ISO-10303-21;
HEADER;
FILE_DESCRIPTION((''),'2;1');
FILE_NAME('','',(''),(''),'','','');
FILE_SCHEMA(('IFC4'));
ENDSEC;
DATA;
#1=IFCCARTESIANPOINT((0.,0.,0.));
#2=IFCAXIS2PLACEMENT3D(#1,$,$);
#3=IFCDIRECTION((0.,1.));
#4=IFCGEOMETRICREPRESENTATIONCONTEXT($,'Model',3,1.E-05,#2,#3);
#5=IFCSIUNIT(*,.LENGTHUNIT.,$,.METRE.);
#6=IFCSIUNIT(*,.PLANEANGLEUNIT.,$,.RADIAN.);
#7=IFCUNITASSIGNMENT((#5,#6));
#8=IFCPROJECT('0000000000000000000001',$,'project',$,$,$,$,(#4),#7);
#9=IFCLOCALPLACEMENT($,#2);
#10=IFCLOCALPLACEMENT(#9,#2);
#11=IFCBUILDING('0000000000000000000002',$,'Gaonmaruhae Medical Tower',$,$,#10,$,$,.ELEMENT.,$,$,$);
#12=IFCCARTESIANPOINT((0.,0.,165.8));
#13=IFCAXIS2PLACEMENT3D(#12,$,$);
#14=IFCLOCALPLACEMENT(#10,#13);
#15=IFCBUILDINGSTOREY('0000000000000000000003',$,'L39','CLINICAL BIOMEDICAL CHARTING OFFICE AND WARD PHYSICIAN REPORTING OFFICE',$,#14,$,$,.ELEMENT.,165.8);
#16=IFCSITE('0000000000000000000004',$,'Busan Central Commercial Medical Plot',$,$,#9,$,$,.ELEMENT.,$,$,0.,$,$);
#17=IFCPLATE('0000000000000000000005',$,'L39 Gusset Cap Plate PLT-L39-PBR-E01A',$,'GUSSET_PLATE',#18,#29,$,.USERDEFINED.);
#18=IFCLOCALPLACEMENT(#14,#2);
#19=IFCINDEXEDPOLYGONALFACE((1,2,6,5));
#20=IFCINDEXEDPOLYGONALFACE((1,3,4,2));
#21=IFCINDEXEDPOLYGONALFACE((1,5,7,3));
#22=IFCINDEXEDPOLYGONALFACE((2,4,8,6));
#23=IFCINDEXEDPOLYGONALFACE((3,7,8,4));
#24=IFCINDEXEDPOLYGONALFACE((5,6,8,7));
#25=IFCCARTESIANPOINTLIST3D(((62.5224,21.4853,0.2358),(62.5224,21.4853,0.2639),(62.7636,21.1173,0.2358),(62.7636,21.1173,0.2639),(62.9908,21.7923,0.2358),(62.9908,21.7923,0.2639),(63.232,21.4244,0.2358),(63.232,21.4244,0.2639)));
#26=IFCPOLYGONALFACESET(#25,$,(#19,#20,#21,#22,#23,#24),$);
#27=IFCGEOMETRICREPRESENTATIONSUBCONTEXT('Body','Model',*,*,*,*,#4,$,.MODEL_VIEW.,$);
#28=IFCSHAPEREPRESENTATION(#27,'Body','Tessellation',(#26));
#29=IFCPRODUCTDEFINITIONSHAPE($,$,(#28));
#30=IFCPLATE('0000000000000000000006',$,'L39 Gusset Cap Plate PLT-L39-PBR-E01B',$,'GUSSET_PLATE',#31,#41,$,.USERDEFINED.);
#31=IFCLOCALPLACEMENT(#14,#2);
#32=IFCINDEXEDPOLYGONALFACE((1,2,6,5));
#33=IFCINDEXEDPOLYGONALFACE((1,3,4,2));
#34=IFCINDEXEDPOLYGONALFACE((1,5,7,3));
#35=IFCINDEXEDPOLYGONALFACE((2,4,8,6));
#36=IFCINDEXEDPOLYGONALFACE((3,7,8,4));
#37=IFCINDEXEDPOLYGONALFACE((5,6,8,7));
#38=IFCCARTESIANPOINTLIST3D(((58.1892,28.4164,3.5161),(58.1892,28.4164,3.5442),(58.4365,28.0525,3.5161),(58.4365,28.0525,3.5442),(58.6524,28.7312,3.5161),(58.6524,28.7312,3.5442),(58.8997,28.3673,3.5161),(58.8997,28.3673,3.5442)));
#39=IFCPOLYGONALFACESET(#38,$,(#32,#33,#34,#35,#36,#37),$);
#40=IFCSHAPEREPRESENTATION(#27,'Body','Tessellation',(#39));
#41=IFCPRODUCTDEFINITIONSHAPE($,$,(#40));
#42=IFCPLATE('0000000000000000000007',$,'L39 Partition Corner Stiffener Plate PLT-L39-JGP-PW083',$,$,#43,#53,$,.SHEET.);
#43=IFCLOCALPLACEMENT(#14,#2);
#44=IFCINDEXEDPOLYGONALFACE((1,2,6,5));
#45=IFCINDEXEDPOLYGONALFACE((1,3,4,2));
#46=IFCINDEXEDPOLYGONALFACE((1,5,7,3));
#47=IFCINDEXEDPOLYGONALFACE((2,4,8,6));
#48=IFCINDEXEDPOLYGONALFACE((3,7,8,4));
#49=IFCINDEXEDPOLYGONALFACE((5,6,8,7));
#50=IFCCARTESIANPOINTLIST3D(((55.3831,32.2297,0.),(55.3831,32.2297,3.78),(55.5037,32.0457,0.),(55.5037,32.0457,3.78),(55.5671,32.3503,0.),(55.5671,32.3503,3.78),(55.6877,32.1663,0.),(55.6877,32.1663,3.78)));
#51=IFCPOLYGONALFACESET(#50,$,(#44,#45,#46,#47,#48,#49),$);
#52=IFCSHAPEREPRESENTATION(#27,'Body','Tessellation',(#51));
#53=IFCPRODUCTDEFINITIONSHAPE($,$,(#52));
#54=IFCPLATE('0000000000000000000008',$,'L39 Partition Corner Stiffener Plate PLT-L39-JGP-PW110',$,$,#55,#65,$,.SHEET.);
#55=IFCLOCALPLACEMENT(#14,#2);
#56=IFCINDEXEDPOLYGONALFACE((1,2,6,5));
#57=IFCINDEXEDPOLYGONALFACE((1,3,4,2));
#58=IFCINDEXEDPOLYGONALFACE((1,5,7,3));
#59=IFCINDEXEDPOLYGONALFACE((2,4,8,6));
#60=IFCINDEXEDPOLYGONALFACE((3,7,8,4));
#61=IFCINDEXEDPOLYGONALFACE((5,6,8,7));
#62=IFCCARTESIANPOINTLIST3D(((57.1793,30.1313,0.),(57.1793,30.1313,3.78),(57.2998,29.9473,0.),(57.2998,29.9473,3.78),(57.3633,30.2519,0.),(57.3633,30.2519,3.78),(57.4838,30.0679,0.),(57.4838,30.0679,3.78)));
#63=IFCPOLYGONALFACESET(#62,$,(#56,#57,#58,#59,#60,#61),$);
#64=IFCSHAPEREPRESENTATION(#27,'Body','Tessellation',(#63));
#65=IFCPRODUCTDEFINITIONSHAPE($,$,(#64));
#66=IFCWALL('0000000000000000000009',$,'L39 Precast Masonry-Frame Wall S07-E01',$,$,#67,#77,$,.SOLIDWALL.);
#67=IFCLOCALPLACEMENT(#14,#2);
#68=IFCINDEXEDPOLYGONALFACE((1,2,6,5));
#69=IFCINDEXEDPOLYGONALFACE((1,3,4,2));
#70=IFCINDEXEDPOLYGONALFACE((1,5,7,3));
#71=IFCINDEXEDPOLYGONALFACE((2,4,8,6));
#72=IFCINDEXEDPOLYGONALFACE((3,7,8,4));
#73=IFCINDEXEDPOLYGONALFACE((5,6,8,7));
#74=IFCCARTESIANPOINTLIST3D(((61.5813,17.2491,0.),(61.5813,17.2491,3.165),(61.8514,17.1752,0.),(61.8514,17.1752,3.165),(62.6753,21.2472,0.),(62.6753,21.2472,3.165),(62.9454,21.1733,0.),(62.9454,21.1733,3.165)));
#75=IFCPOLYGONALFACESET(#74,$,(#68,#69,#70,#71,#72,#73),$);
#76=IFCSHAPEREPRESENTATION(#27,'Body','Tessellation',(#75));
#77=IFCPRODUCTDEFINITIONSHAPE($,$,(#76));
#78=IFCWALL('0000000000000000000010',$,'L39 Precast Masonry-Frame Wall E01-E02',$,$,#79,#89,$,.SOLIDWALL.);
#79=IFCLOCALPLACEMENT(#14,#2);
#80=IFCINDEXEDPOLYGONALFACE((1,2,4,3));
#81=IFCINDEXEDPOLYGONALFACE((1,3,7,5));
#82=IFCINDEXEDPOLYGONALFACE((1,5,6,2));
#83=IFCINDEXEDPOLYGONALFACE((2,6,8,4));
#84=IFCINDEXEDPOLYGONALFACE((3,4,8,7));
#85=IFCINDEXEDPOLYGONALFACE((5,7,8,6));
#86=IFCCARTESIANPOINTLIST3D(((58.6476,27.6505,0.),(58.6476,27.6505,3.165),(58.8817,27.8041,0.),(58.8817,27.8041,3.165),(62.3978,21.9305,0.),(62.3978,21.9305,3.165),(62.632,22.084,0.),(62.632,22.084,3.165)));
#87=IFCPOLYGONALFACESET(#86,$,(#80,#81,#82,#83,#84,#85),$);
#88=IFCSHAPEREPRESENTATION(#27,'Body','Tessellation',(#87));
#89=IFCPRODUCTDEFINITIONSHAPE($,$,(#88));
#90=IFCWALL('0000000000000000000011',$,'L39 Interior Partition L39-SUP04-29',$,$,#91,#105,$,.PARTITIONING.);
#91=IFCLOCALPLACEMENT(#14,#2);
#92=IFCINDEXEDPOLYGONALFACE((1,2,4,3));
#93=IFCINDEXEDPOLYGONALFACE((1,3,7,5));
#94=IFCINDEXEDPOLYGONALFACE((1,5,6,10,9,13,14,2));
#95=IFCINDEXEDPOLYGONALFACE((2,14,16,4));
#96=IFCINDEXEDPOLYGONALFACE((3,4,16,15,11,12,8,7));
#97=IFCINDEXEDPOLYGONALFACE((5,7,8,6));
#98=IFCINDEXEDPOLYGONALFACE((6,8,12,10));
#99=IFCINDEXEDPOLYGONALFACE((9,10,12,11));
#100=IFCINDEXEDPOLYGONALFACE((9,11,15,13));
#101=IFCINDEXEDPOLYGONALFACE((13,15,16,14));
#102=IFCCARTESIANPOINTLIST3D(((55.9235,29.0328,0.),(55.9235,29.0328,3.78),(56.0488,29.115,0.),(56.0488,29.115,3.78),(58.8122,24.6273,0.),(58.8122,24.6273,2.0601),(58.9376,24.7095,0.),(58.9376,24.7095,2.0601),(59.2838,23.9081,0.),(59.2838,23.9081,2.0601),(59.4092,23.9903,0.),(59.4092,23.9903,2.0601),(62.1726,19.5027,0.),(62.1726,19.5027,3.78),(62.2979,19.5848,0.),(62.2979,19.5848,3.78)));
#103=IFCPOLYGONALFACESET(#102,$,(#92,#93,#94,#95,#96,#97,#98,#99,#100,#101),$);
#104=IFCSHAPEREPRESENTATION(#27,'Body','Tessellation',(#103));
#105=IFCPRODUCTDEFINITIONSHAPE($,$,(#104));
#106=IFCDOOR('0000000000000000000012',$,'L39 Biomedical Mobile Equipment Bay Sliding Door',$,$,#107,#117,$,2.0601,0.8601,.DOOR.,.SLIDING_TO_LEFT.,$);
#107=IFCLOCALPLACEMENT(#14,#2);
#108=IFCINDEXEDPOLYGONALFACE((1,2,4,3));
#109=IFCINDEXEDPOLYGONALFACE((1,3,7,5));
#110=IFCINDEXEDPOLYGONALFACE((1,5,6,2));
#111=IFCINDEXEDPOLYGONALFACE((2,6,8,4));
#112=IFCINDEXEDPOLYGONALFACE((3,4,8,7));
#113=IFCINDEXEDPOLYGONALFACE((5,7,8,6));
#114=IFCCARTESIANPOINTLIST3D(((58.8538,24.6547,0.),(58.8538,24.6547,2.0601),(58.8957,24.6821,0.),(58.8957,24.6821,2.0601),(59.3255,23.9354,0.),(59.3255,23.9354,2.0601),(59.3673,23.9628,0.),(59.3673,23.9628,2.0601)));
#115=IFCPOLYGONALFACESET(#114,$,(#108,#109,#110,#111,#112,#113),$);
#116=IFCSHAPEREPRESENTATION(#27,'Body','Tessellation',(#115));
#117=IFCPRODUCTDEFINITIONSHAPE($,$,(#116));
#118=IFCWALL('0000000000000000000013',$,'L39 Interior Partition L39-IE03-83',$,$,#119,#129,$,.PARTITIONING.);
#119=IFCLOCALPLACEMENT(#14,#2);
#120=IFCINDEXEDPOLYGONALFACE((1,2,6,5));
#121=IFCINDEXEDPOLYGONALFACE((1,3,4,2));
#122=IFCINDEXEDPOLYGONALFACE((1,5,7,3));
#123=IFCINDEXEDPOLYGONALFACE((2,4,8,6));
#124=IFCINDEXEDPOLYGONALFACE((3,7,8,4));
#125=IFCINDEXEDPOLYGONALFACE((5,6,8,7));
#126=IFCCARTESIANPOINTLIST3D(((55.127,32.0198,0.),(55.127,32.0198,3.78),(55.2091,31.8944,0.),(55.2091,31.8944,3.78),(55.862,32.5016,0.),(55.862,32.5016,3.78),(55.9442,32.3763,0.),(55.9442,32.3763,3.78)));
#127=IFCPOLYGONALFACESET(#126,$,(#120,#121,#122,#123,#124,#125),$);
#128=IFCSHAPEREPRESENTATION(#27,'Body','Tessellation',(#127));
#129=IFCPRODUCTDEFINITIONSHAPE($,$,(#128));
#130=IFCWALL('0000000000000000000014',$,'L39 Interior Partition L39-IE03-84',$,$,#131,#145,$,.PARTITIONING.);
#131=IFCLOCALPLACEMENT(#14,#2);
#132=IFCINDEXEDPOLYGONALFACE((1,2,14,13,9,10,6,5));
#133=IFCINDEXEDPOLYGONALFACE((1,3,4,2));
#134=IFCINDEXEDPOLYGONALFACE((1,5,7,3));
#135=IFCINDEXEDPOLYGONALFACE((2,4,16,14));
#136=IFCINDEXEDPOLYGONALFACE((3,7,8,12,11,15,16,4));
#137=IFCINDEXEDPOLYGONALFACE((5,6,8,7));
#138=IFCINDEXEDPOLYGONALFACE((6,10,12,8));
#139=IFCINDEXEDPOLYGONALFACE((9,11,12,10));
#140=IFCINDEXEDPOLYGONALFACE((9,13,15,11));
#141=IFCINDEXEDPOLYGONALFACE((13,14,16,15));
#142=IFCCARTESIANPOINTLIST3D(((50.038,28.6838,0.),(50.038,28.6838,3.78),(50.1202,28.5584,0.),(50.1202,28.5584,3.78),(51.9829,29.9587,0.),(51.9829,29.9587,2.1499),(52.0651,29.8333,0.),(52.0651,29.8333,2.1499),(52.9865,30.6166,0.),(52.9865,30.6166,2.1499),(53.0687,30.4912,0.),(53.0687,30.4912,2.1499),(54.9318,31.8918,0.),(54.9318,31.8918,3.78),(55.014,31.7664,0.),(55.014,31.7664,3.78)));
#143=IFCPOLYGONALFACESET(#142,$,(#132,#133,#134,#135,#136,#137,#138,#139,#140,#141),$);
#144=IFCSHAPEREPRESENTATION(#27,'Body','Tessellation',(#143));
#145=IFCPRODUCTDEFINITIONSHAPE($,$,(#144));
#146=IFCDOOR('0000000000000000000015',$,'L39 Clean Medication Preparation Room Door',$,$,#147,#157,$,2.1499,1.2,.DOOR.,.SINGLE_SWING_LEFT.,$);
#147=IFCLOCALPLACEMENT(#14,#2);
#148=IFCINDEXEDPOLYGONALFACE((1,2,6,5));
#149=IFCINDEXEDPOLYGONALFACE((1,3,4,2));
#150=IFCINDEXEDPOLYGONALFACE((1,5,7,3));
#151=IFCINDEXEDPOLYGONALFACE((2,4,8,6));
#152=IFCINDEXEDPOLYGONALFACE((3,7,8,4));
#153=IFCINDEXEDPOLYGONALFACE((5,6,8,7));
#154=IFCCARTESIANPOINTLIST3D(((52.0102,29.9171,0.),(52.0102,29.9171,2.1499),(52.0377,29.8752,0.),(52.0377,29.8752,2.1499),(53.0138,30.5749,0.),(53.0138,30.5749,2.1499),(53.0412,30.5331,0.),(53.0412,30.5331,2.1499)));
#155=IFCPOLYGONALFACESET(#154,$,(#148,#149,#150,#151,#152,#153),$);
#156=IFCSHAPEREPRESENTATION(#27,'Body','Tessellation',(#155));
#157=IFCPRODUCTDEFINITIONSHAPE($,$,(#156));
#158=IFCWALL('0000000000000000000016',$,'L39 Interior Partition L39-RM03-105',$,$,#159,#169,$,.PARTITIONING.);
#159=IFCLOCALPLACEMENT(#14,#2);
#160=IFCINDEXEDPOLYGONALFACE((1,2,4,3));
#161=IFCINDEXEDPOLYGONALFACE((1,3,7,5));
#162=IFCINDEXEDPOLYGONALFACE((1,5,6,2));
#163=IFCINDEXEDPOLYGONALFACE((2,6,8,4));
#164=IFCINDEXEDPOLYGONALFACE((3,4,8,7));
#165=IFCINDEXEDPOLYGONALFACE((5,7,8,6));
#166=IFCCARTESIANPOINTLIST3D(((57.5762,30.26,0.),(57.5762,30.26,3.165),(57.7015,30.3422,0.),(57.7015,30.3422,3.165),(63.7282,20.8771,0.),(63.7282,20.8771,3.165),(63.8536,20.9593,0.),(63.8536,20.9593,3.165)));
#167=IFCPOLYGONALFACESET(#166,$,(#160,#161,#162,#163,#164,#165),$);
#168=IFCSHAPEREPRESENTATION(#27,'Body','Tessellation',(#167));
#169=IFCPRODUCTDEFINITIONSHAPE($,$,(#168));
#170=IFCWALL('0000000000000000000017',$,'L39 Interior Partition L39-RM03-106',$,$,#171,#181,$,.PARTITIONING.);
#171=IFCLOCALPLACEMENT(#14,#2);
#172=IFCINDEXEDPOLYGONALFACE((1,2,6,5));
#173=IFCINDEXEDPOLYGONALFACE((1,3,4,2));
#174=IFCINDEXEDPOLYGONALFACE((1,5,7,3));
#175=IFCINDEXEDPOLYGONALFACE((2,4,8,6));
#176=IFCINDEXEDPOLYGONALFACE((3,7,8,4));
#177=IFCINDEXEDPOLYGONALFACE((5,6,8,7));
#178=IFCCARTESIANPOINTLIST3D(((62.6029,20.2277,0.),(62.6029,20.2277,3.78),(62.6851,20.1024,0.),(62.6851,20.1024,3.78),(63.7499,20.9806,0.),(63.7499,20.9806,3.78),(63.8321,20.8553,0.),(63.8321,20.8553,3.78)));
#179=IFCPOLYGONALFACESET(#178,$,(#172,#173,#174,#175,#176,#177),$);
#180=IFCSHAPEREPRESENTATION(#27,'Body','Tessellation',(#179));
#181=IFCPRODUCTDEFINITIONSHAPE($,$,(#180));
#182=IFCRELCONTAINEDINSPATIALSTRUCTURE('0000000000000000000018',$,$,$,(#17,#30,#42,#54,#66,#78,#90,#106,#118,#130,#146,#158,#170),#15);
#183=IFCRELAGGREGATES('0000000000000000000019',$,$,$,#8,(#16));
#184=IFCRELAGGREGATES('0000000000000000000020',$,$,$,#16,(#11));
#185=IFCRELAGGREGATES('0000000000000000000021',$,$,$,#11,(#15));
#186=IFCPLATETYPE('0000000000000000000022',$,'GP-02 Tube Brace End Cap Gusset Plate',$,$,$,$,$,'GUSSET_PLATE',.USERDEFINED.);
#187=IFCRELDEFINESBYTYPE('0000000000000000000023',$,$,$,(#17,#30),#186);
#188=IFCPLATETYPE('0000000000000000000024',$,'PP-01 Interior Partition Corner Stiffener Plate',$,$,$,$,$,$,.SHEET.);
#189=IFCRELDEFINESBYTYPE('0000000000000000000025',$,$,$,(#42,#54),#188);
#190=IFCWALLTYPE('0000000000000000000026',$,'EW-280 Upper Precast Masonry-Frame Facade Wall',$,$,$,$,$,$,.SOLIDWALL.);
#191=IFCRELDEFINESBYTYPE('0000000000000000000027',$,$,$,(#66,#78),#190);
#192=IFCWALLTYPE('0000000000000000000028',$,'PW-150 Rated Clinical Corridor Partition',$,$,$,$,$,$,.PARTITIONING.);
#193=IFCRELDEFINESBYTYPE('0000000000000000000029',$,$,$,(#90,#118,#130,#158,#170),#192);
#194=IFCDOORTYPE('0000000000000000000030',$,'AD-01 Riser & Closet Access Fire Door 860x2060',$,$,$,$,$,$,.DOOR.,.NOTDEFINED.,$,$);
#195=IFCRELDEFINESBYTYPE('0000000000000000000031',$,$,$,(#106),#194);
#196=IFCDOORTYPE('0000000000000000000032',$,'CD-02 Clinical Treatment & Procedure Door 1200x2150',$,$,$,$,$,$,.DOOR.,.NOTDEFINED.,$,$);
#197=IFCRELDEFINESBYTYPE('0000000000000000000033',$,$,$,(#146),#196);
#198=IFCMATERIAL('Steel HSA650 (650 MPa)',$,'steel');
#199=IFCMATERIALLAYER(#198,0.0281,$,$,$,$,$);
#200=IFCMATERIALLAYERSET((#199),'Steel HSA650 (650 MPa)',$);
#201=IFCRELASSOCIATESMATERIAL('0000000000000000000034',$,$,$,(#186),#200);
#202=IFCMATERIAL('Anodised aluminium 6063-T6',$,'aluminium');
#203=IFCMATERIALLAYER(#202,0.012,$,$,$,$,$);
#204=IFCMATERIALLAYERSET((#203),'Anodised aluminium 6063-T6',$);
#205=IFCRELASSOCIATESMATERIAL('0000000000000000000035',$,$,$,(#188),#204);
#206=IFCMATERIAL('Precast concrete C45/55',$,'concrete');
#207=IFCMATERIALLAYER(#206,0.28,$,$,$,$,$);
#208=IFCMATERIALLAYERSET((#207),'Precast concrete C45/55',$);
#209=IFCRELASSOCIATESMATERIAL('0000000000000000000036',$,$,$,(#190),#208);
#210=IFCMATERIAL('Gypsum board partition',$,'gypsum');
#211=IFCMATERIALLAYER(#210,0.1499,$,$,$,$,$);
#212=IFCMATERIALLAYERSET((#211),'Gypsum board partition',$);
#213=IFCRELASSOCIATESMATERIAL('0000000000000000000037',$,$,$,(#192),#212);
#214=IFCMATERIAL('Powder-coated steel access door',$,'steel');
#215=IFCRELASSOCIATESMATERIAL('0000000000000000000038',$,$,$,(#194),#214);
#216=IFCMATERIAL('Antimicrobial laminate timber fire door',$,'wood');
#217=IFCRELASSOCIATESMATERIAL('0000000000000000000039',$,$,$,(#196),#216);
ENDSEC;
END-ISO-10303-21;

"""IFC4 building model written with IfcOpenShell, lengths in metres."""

from ifc_helpers import new_model, si_unit, direction, frame, frame_2d, origin, origin_2d, place, context, subcontext, project, spatial, rectangle, extrude, material, layer, layer_set, type_object, element, fill, save


model = new_model("IFC4")

# Units and contexts
model_context = context("Model", 3, precision=1e-05, world=origin(), true_north=direction((0.0, 1.0)))
body_context = subcontext(model_context, "Body", "Model", "MODEL_VIEW")
ifc_project = project(units=[si_unit("LENGTHUNIT", "METRE"), si_unit("PLANEANGLEUNIT", "RADIAN")], contexts=[model_context])

# Site, building, storey
site_placement = place(None, origin())
site = spatial("IfcSite", under=ifc_project, at=site_placement, Name="Busan Central Commercial Medical Plot", CompositionType="ELEMENT", RefElevation=0.0)
building_placement = place(site_placement, origin())
building = spatial("IfcBuilding", under=site, at=building_placement, Name="Gaonmaruhae Medical Tower", CompositionType="ELEMENT")
storey_placement = place(building_placement, frame((0.0, 0.0, 165.8)))
storey = spatial("IfcBuildingStorey", under=building, at=storey_placement, Name="L39", Description="CLINICAL BIOMEDICAL CHARTING OFFICE AND WARD PHYSICIAN REPORTING OFFICE", CompositionType="ELEMENT", Elevation=165.8)

# Plates
ifc_material_1 = material(Name="Steel HSA650 (650 MPa)", Category="steel")
ifc_layer_1 = layer(ifc_material_1, 0.0281)
ifc_layer_set_1 = layer_set([ifc_layer_1], Name="Steel HSA650 (650 MPa)")
plate_type_1 = type_object("IfcPlateType", Name="GP-02 Tube Brace End Cap Gusset Plate", ElementType="GUSSET_PLATE", PredefinedType="USERDEFINED", material=ifc_layer_set_1)
for number, where, z_axis, x_axis, name in (
    (1, (62.8772, 21.4548, 0.2358), (0.0, 0.0, 1.0), (0.836286, 0.548293, 0.0), "L39 Gusset Cap Plate PLT-L39-PBR-E01A"),
    (2, (58.5444, 28.3918, 3.5161), (0.0, 0.0, 1.0), (0.827081, 0.562083, 0.0), "L39 Gusset Cap Plate PLT-L39-PBR-E01B"),
):
    element("IfcPlate", number, at=place(storey_placement, frame(where, z_axis=z_axis, x_axis=x_axis)), inside=storey, type_object=plate_type_1, Name=name, ObjectType="GUSSET_PLATE", PredefinedType="USERDEFINED", context=body_context, shape_type="SweptSolid", body=[
        extrude(rectangle(XDim=0.5601, YDim=0.4399, at=origin_2d()), origin(), (0.0, 0.0, 1.0), 0.0281),
    ])
ifc_material_2 = material(Name="Anodised aluminium 6063-T6", Category="aluminium")
ifc_layer_2 = layer(ifc_material_2, 0.012)
ifc_layer_set_2 = layer_set([ifc_layer_2], Name="Anodised aluminium 6063-T6")
plate_type_2 = type_object("IfcPlateType", Name="PP-01 Interior Partition Corner Stiffener Plate", PredefinedType="SHEET", material=ifc_layer_set_2)
for number, where, z_axis, x_axis, name in (
    (3, (55.5354, 32.198, 0.0), (0.0, 0.0, 1.0), (-0.836229, -0.548381, 0.0), "L39 Partition Corner Stiffener Plate PLT-L39-JGP-PW083"),
    (4, (57.3315, 30.0996, 0.0), (0.0, 0.0, 1.0), (0.83642, 0.548089, 0.0), "L39 Partition Corner Stiffener Plate PLT-L39-JGP-PW110"),
):
    element("IfcPlate", number, at=place(storey_placement, frame(where, z_axis=z_axis, x_axis=x_axis)), inside=storey, type_object=plate_type_2, Name=name, PredefinedType="SHEET", context=body_context, shape_type="SweptSolid", body=[
        extrude(rectangle(XDim=0.22, YDim=0.22, at=origin_2d()), origin(), (0.0, 0.0, 1.0), 3.78),
    ])

# Walls
ifc_material_3 = material(Name="Precast concrete C45/55", Category="concrete")
ifc_layer_3 = layer(ifc_material_3, 0.28)
ifc_layer_set_3 = layer_set([ifc_layer_3], Name="Precast concrete C45/55")
wall_type_1 = type_object("IfcWallType", Name="EW-280 Upper Precast Masonry-Frame Facade Wall", PredefinedType="SOLIDWALL", material=ifc_layer_set_3)
wall_1_placement = place(storey_placement, frame((62.8103, 21.2102, 0.0), z_axis=(0.0, 0.0, 1.0), x_axis=(-0.26393, -0.964542, 0.0)))
element("IfcWall", 5, at=wall_1_placement, inside=storey, type_object=wall_type_1, Name="L39 Precast Masonry-Frame Wall S07-E01", PredefinedType="SOLIDWALL", context=body_context, shape_type="SweptSolid", body=[
    extrude(rectangle(XDim=4.145, YDim=0.28, at=frame_2d((2.0725, 0.0))), origin(), (0.0, 0.0, 1.0), 3.165),
])
wall_2_placement = place(storey_placement, frame((58.7646, 27.7273, 0.0), z_axis=(0.0, 0.0, 1.0), x_axis=(0.5483, -0.836282, 0.0)))
element("IfcWall", 6, at=wall_2_placement, inside=storey, type_object=wall_type_1, Name="L39 Precast Masonry-Frame Wall E01-E02", PredefinedType="SOLIDWALL", context=body_context, shape_type="SweptSolid", body=[
    extrude(rectangle(XDim=6.8398, YDim=0.28, at=frame_2d((3.4199, 0.0))), origin(), (0.0, 0.0, 1.0), 3.165),
])

# Wall, opening, door
ifc_material_4 = material(Name="Gypsum board partition", Category="gypsum")
ifc_layer_4 = layer(ifc_material_4, 0.1499)
ifc_layer_set_4 = layer_set([ifc_layer_4], Name="Gypsum board partition")
wall_type_2 = type_object("IfcWallType", Name="PW-150 Rated Clinical Corridor Partition", PredefinedType="PARTITIONING", material=ifc_layer_set_4)
wall_3_placement = place(storey_placement, frame((55.9861, 29.074, 0.0), z_axis=(0.0, 0.0, 1.0), x_axis=(0.548346, -0.836251, 0.0)))
wall_3 = element("IfcWall", 7, at=wall_3_placement, inside=storey, type_object=wall_type_2, Name="L39 Interior Partition L39-SUP04-29", PredefinedType="PARTITIONING", context=body_context, shape_type="SweptSolid", body=[
    extrude(rectangle(XDim=11.3962, YDim=0.1499, at=frame_2d((5.6982, 0.0))), origin(), (0.0, 0.0, 1.0), 3.78),
])
opening_1_placement = place(wall_3_placement, frame((5.2681, 0.0, 0.0)))
opening_1 = element("IfcOpeningElement", 8, at=opening_1_placement, cuts=wall_3, PredefinedType="OPENING", context=body_context, shape_type="SweptSolid", body=[
    extrude(rectangle(XDim=0.8601, YDim=2.0601, at=frame_2d((0.4302, 1.03))), frame((0.0, 0.085, 0.0), z_axis=(0.0, -1.0, 0.0), x_axis=(1.0, 0.0, 0.0)), (0.0, 0.0, 1.0), 0.1699),
])
ifc_material_5 = material(Name="Powder-coated steel access door", Category="steel")
door_type_1 = type_object("IfcDoorType", Name="AD-01 Riser & Closet Access Fire Door 860x2060", OperationType="NOTDEFINED", PredefinedType="DOOR", material=ifc_material_5)
door_1_placement = place(opening_1_placement, origin())
door_1 = element("IfcDoor", 9, at=door_1_placement, inside=storey, type_object=door_type_1, Name="L39 Biomedical Mobile Equipment Bay Sliding Door", OperationType="SLIDING_TO_LEFT", OverallHeight=2.0601, OverallWidth=0.8601, PredefinedType="DOOR", context=body_context, shape_type="SweptSolid", body=[
    extrude(rectangle(XDim=0.8601, YDim=2.0601, at=frame_2d((0.4302, 1.03))), frame((0.0, 0.0249, 0.0), z_axis=(0.0, -1.0, 0.0), x_axis=(1.0, 0.0, 0.0)), (0.0, 0.0, 1.0), 0.05),
])
fill(opening_1, door_1)

# Wall
wall_4_placement = place(storey_placement, frame((55.9031, 32.439, 0.0), z_axis=(0.0, 0.0, 1.0), x_axis=(-0.836299, -0.548274, 0.0)))
element("IfcWall", 10, at=wall_4_placement, inside=storey, type_object=wall_type_2, Name="L39 Interior Partition L39-IE03-83", PredefinedType="PARTITIONING", context=body_context, shape_type="SweptSolid", body=[
    extrude(rectangle(XDim=0.8789, YDim=0.1499, at=frame_2d((0.4395, 0.0))), origin(), (0.0, 0.0, 1.0), 3.78),
])

# Wall, opening, door
wall_5_placement = place(storey_placement, frame((54.9729, 31.8291, 0.0), z_axis=(0.0, 0.0, 1.0), x_axis=(-0.836326, -0.548233, 0.0)))
wall_5 = element("IfcWall", 11, at=wall_5_placement, inside=storey, type_object=wall_type_2, Name="L39 Interior Partition L39-IE03-84", PredefinedType="PARTITIONING", context=body_context, shape_type="SweptSolid", body=[
    extrude(rectangle(XDim=5.8516, YDim=0.1499, at=frame_2d((2.9258, 0.0))), origin(), (0.0, 0.0, 1.0), 3.78),
])
opening_2_placement = place(wall_5_placement, frame((2.3259, 0.0, 0.0)))
opening_2 = element("IfcOpeningElement", 12, at=opening_2_placement, cuts=wall_5, PredefinedType="OPENING", context=body_context, shape_type="SweptSolid", body=[
    extrude(rectangle(XDim=1.2, YDim=2.1499, at=frame_2d((0.6001, 1.075))), frame((0.0, 0.085, 0.0), z_axis=(0.0, -1.0, 0.0), x_axis=(1.0, 0.0, 0.0)), (0.0, 0.0, 1.0), 0.1699),
])
ifc_material_6 = material(Name="Antimicrobial laminate timber fire door", Category="wood")
door_type_2 = type_object("IfcDoorType", Name="CD-02 Clinical Treatment & Procedure Door 1200x2150", OperationType="NOTDEFINED", PredefinedType="DOOR", material=ifc_material_6)
door_2_placement = place(opening_2_placement, origin())
door_2 = element("IfcDoor", 13, at=door_2_placement, inside=storey, type_object=door_type_2, Name="L39 Clean Medication Preparation Room Door", OperationType="SINGLE_SWING_LEFT", OverallHeight=2.1499, OverallWidth=1.2, PredefinedType="DOOR", context=body_context, shape_type="SweptSolid", body=[
    extrude(rectangle(XDim=1.2, YDim=2.1499, at=frame_2d((0.6001, 1.075))), frame((0.0, 0.0249, 0.0), z_axis=(0.0, -1.0, 0.0), x_axis=(1.0, 0.0, 0.0)), (0.0, 0.0, 1.0), 0.05),
])
fill(opening_2, door_2)

# Walls
wall_6_placement = place(storey_placement, frame((57.6389, 30.301, 0.0), z_axis=(0.0, 0.0, 1.0), x_axis=(0.548312, -0.836274, 0.0)))
element("IfcWall", 14, at=wall_6_placement, inside=storey, type_object=wall_type_2, Name="L39 Interior Partition L39-RM03-105", PredefinedType="PARTITIONING", context=body_context, shape_type="SweptSolid", body=[
    extrude(rectangle(XDim=11.22, YDim=0.1499, at=frame_2d((5.6099, 0.0))), origin(), (0.0, 0.0, 1.0), 3.165),
])
wall_7_placement = place(storey_placement, frame((63.791, 20.918, 0.0), z_axis=(0.0, 0.0, 1.0), x_axis=(-0.835971, -0.548773, 0.0)))
element("IfcWall", 15, at=wall_7_placement, inside=storey, type_object=wall_type_2, Name="L39 Interior Partition L39-RM03-106", PredefinedType="PARTITIONING", context=body_context, shape_type="SweptSolid", body=[
    extrude(rectangle(XDim=1.3721, YDim=0.1499, at=frame_2d((0.686, 0.0))), origin(), (0.0, 0.0, 1.0), 3.78),
])

save(model, "model.ifc")
